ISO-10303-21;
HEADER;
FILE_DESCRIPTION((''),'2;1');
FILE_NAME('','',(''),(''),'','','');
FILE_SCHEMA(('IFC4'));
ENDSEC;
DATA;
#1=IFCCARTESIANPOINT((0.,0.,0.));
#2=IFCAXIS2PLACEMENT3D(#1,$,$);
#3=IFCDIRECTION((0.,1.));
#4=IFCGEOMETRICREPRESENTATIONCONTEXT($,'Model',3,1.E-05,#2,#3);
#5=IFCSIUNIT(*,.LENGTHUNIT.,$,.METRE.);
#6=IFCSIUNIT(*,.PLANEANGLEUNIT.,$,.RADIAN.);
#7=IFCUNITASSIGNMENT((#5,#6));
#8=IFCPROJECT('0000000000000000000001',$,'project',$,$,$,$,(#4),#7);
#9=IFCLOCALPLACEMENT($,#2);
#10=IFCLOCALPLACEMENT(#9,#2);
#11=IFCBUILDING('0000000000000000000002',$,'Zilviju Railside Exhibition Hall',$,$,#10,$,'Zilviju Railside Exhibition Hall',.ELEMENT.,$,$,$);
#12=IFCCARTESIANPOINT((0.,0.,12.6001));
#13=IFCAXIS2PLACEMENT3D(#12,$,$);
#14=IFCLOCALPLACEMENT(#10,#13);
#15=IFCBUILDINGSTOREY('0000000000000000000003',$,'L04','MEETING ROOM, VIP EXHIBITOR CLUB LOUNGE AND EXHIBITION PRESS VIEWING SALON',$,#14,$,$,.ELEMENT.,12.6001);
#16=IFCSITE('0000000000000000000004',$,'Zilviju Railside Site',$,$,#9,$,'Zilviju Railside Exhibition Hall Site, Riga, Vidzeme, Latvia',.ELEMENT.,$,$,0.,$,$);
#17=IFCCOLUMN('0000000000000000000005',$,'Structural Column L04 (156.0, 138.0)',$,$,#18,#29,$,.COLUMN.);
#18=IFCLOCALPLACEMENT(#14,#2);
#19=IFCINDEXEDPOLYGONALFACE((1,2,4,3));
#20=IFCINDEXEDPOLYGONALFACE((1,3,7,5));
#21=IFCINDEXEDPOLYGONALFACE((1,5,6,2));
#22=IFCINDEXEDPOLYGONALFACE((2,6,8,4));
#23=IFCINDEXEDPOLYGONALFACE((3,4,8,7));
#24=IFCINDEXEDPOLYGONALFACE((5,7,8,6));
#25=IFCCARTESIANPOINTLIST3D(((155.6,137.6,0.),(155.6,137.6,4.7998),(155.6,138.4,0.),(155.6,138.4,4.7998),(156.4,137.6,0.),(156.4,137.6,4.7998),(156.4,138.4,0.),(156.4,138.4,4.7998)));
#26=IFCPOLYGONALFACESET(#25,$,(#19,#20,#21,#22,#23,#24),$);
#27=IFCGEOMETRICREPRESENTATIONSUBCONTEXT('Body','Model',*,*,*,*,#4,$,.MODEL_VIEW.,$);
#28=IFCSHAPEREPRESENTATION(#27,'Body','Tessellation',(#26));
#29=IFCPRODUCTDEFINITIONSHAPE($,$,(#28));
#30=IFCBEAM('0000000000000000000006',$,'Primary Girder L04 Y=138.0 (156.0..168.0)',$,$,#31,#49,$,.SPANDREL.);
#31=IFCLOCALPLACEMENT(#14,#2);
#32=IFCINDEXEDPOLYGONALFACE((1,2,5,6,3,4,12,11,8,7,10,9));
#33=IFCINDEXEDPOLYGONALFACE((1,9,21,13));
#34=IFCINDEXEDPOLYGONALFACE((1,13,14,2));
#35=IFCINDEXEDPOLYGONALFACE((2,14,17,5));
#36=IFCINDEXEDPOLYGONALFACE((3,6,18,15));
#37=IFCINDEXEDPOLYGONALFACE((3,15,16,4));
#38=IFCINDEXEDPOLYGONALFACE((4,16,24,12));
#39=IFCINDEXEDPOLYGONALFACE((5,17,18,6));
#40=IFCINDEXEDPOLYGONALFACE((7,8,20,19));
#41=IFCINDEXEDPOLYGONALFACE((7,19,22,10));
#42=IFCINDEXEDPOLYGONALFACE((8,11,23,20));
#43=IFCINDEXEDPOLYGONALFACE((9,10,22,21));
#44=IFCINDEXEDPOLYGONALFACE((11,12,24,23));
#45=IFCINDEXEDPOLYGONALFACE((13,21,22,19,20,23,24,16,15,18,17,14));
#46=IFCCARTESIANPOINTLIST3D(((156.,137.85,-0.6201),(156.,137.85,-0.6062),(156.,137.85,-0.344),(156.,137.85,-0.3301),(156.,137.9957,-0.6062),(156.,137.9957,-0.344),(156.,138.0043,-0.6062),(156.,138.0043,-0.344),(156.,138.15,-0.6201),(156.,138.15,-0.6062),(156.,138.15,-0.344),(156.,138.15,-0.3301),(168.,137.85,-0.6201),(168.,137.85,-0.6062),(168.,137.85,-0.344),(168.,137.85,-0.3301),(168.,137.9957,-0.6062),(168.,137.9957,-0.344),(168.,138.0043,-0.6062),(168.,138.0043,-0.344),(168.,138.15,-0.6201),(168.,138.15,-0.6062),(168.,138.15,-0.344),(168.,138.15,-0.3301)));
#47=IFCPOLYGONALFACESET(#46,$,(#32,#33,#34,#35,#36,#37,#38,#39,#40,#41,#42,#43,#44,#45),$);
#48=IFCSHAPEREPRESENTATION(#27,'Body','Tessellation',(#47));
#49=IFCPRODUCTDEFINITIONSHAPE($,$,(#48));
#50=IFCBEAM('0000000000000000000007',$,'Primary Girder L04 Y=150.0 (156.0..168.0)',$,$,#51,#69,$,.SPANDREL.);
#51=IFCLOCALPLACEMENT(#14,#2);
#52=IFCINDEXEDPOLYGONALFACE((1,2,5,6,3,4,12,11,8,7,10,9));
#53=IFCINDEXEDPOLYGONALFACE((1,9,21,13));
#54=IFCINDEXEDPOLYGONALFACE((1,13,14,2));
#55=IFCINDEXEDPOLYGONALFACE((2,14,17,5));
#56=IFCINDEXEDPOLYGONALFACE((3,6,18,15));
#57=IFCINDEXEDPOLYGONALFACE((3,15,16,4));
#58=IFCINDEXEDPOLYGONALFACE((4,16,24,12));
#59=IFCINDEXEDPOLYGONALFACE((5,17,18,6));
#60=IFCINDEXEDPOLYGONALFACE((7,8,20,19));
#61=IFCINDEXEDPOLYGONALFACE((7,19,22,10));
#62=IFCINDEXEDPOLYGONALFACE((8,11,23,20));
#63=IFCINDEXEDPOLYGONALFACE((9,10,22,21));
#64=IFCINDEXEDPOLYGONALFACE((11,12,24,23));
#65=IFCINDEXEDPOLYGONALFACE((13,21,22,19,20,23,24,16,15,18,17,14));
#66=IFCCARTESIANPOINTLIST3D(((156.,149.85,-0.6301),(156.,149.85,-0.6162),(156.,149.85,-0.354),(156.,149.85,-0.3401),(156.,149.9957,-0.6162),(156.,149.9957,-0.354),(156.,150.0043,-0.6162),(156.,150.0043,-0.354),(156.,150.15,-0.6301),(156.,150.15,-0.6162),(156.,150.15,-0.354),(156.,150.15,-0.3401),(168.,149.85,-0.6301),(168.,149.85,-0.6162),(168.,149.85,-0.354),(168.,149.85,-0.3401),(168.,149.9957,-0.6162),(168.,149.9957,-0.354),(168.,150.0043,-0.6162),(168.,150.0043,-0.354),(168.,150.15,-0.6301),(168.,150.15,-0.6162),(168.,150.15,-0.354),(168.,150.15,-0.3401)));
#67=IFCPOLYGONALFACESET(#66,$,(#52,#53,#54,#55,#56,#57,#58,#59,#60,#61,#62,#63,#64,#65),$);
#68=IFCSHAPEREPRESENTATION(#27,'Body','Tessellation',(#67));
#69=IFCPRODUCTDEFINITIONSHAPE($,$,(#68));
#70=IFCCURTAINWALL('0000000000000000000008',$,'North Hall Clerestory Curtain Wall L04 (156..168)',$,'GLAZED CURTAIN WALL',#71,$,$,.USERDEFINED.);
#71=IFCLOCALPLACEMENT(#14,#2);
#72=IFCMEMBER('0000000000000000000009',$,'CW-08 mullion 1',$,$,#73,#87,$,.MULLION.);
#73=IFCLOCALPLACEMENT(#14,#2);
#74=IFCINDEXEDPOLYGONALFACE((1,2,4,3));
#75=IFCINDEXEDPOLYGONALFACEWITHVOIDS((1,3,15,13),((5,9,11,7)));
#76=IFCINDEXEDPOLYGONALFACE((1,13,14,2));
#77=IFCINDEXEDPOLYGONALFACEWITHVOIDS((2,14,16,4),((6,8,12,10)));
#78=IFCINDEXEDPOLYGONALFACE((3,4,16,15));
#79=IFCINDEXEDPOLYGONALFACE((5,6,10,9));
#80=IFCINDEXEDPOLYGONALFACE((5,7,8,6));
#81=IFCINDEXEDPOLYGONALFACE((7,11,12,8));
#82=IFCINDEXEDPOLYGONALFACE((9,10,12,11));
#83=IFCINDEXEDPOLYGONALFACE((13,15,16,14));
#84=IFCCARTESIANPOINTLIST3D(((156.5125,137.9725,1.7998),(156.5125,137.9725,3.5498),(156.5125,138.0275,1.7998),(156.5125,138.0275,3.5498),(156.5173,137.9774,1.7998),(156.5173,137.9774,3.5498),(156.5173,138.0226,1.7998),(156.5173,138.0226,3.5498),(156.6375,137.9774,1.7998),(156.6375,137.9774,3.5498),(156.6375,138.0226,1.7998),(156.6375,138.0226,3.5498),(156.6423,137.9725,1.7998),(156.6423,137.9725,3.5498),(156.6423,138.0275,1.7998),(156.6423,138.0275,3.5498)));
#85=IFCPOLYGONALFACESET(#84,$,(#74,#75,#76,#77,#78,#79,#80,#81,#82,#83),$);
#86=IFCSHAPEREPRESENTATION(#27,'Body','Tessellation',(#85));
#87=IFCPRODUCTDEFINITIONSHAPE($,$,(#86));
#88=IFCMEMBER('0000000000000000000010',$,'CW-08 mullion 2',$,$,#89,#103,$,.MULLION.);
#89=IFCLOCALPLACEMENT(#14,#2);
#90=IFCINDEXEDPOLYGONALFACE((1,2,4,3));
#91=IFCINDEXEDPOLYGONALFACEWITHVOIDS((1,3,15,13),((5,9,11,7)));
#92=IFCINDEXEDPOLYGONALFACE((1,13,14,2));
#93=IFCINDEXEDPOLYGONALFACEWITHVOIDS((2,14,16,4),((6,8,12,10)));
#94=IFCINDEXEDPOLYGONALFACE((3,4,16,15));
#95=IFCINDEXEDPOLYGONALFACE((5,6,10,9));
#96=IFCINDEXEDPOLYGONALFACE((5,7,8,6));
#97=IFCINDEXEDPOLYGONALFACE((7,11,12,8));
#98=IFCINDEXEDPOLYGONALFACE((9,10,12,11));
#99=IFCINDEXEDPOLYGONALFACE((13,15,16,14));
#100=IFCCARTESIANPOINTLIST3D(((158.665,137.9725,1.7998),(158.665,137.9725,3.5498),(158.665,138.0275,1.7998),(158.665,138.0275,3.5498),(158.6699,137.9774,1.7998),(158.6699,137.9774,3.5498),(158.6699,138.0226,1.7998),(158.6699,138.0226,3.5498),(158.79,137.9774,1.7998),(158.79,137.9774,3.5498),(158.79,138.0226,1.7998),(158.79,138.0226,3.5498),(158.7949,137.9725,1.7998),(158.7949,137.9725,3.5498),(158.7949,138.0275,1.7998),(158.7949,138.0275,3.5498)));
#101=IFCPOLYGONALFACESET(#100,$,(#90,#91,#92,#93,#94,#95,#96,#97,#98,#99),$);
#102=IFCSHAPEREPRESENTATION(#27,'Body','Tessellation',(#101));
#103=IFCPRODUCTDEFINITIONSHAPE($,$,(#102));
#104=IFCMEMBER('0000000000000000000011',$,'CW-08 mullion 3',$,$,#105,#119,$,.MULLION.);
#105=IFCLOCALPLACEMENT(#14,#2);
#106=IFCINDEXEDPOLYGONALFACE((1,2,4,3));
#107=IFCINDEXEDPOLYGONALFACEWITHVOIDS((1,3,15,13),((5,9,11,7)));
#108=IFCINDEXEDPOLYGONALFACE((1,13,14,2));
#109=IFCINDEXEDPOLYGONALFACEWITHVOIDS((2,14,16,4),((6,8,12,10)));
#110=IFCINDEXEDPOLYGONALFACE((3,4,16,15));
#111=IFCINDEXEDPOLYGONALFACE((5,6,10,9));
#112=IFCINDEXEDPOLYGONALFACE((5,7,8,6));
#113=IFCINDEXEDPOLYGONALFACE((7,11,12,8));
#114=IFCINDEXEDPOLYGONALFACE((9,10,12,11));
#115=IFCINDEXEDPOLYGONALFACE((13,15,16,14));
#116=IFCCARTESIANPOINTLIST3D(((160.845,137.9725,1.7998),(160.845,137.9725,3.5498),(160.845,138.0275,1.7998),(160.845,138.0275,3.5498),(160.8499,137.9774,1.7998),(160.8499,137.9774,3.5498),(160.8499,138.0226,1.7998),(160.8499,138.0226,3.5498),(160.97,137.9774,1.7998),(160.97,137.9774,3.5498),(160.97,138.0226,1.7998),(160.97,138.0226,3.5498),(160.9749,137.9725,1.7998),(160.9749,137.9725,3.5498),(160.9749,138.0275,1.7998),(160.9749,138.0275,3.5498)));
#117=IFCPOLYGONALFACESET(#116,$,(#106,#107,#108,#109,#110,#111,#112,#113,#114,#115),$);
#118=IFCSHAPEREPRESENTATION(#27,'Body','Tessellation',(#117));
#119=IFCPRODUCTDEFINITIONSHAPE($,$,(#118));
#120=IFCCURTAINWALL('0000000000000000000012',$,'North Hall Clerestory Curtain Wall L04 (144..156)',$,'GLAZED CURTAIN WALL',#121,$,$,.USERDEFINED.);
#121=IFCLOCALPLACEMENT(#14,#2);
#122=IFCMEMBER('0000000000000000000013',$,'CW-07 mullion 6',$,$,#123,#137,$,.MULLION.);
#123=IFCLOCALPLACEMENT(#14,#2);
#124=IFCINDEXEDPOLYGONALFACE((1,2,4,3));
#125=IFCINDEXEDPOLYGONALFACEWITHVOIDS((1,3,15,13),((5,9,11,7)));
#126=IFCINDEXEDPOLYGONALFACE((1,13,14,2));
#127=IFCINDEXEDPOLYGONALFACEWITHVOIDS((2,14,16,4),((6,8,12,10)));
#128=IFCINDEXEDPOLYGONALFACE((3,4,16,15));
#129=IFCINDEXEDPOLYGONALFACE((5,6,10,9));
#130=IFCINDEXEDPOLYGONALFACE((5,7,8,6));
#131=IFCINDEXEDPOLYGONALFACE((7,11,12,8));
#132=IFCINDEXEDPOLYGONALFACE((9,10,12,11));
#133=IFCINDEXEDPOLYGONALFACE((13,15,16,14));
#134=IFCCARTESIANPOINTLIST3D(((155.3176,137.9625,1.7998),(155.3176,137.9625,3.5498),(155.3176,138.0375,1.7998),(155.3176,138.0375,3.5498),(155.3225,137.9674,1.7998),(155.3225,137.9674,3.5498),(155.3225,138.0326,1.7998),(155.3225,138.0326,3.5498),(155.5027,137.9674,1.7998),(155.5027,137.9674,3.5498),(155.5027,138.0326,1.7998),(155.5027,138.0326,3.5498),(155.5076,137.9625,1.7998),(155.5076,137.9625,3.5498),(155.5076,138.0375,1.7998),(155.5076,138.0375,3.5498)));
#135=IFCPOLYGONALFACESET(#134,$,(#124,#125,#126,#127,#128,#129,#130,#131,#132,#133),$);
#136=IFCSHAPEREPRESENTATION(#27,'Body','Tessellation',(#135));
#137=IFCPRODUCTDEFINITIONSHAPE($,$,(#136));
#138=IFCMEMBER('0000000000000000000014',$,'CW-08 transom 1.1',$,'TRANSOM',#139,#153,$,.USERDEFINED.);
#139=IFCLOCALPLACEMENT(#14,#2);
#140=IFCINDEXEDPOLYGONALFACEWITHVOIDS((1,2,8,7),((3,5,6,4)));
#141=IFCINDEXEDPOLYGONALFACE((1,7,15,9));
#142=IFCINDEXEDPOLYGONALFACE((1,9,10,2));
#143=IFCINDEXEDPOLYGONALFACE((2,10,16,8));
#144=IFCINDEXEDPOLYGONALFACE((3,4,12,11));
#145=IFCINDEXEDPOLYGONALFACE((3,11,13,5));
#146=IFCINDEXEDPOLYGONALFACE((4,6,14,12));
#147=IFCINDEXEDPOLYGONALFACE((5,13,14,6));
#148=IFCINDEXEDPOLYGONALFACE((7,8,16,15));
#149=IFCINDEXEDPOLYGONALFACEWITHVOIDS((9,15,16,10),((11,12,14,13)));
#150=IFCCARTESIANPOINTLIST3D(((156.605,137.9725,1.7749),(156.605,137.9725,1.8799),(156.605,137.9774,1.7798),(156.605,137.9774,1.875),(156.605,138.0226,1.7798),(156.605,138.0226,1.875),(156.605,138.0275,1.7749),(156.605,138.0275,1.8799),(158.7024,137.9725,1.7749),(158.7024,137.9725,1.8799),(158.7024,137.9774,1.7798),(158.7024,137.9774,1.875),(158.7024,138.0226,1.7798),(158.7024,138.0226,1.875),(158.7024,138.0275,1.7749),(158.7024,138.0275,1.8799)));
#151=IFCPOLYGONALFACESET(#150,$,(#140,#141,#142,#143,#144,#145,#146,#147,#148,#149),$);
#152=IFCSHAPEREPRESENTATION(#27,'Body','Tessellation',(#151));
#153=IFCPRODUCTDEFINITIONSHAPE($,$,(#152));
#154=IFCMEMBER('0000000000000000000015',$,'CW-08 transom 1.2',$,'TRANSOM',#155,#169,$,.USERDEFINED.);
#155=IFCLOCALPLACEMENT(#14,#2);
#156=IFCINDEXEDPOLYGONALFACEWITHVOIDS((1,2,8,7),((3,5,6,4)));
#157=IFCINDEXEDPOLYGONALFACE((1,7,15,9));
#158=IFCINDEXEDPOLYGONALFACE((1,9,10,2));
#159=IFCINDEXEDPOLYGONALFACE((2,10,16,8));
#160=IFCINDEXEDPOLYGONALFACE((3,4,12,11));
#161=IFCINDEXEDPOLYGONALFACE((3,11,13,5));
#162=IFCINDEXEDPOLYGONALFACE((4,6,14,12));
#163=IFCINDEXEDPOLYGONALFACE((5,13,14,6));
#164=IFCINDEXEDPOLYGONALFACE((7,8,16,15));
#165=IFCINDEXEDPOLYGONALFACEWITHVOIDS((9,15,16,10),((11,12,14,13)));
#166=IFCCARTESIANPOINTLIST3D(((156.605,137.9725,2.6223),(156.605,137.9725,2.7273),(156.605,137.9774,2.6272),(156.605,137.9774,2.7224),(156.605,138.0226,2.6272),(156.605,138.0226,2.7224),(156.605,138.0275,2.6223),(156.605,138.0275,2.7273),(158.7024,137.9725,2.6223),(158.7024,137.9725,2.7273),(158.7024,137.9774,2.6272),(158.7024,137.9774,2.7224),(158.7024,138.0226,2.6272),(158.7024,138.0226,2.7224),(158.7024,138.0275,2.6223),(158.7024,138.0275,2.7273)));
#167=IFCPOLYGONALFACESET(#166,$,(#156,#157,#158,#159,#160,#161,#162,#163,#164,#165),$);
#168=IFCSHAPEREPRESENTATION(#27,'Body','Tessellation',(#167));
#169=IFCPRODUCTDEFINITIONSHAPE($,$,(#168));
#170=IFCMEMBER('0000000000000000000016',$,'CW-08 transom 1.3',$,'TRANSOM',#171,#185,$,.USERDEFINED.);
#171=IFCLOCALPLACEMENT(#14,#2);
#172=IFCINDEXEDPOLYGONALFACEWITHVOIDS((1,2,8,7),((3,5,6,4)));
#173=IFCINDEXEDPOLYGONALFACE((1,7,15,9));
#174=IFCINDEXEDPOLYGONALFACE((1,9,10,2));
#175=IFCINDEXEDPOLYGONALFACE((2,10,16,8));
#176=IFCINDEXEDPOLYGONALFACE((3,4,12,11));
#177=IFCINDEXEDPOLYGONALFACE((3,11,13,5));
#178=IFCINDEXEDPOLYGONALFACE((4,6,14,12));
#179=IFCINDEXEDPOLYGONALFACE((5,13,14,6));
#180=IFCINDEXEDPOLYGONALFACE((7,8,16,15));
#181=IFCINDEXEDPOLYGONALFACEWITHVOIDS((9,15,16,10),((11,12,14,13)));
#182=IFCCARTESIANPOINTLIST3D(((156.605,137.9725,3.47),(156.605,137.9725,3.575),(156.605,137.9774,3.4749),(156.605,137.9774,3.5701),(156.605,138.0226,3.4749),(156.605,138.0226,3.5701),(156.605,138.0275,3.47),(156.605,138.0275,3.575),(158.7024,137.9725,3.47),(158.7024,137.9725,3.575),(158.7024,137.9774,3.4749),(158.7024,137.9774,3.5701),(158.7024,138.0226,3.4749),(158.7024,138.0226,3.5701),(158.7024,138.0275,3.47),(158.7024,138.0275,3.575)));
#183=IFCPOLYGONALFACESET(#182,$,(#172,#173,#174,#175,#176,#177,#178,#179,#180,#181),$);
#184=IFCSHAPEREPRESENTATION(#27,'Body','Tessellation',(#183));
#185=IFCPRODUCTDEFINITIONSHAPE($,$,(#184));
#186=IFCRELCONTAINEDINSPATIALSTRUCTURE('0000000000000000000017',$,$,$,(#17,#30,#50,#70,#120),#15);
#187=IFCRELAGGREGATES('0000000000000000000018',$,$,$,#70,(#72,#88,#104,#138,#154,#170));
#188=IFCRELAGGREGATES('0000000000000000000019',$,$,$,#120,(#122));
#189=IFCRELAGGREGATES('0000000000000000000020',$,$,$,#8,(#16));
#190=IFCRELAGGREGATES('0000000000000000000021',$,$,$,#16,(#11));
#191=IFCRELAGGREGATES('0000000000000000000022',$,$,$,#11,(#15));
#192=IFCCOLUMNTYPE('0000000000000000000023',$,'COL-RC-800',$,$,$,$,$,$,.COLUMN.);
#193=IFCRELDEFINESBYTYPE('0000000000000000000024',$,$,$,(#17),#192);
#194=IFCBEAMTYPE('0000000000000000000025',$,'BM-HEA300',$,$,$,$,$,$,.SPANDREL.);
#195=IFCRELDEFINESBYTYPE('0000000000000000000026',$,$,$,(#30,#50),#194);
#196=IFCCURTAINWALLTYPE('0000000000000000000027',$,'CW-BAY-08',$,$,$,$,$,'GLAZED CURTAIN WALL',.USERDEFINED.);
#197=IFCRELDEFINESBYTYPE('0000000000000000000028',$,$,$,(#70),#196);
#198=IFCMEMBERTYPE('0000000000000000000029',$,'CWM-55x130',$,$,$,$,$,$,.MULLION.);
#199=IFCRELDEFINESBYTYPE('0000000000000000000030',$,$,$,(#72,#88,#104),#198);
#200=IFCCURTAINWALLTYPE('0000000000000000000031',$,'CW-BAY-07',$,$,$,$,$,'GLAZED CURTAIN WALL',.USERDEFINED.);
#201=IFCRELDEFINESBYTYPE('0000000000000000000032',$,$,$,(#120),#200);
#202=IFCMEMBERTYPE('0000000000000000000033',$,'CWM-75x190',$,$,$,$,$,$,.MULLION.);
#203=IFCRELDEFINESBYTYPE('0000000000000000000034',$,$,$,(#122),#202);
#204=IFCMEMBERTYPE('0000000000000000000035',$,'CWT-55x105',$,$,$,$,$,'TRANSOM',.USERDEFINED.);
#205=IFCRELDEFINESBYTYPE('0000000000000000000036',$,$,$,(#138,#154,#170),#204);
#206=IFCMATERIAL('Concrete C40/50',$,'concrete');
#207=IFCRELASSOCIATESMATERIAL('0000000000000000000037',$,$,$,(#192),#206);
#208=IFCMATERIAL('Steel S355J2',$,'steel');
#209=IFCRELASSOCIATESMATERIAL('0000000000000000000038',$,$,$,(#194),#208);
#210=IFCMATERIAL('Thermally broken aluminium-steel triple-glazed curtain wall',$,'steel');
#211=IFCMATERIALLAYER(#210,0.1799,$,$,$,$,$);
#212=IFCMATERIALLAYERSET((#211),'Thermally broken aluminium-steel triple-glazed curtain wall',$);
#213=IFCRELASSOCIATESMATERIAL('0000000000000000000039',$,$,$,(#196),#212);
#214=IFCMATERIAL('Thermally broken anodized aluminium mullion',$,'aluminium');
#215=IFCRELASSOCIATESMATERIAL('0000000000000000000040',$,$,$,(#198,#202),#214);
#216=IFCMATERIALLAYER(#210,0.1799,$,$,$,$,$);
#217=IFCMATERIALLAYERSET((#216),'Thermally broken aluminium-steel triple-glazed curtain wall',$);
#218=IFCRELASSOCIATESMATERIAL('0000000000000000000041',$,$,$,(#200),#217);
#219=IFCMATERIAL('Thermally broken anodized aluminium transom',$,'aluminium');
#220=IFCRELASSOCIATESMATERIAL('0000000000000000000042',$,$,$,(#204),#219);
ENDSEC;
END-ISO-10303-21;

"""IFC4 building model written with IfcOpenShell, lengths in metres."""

from ifc_helpers import new_model, si_unit, direction, frame, origin, origin_2d, place, context, subcontext, project, spatial, rectangle, hollow_rectangle, i_section, extrude, material, layer, layer_set, material_profile, profile_set, type_object, element, aggregate, save


model = new_model("IFC4")

# Units and contexts
model_context = context("Model", 3, precision=1e-05, world=origin(), true_north=direction((0.0, 1.0)))
body_context = subcontext(model_context, "Body", "Model", "MODEL_VIEW")
ifc_project = project(units=[si_unit("LENGTHUNIT", "METRE"), si_unit("PLANEANGLEUNIT", "RADIAN")], contexts=[model_context])

# Site, building, storey
site_placement = place(None, origin())
site = spatial("IfcSite", under=ifc_project, at=site_placement, Name="Zilviju Railside Site", LongName="Zilviju Railside Exhibition Hall Site, Riga, Vidzeme, Latvia", CompositionType="ELEMENT", RefElevation=0.0)
building_placement = place(site_placement, origin())
building = spatial("IfcBuilding", under=site, at=building_placement, Name="Zilviju Railside Exhibition Hall", LongName="Zilviju Railside Exhibition Hall", CompositionType="ELEMENT")
storey_placement = place(building_placement, frame((0.0, 0.0, 12.6001)))
storey = spatial("IfcBuildingStorey", under=building, at=storey_placement, Name="L04", Description="MEETING ROOM, VIP EXHIBITOR CLUB LOUNGE AND EXHIBITION PRESS VIEWING SALON", CompositionType="ELEMENT", Elevation=12.6001)

# Column
ifc_material_1 = material(Name="Concrete C40/50", Category="concrete")
ifc_material_profile_1 = material_profile(ifc_material_1, rectangle(XDim=0.8, YDim=0.8, at=origin_2d()), Name="RC COL 800x800")
ifc_profile_set_1 = profile_set([ifc_material_profile_1], Name="Concrete C40/50")
column_type = type_object("IfcColumnType", Name="COL-RC-800", PredefinedType="COLUMN", material=ifc_profile_set_1)
column_placement = place(storey_placement, frame((156.0, 138.0, 0.0), z_axis=(0.0, 0.0, 1.0), x_axis=(1.0, 0.0, 0.0)))
element("IfcColumn", 1, at=column_placement, inside=storey, type_object=column_type, Name="Structural Column L04 (156.0, 138.0)", PredefinedType="COLUMN", context=body_context, shape_type="SweptSolid", body=[
    extrude(rectangle(XDim=0.8, YDim=0.8, at=origin_2d()), origin(), (0.0, 0.0, 1.0), 4.7998),
])

# Beams
ifc_material_2 = material(Name="Steel S355J2", Category="steel")
ifc_material_profile_2 = material_profile(ifc_material_2, i_section(OverallWidth=0.3, OverallDepth=0.29, WebThickness=0.0085, FlangeThickness=0.0139, at=origin_2d()), Name="HEA 300")
ifc_profile_set_2 = profile_set([ifc_material_profile_2], Name="Steel S355J2")
beam_type = type_object("IfcBeamType", Name="BM-HEA300", PredefinedType="SPANDREL", material=ifc_profile_set_2)
for number, where, z_axis, x_axis, name in (
    (2, (156.0, 138.0, -0.4751), (1.0, 0.0, 0.0), (0.0, 1.0, 0.0), "Primary Girder L04 Y=138.0 (156.0..168.0)"),
    (3, (156.0, 150.0, -0.4851), (1.0, 0.0, 0.0), (0.0, 1.0, 0.0), "Primary Girder L04 Y=150.0 (156.0..168.0)"),
):
    element("IfcBeam", number, at=place(storey_placement, frame(where, z_axis=z_axis, x_axis=x_axis)), inside=storey, type_object=beam_type, Name=name, PredefinedType="SPANDREL", context=body_context, shape_type="SweptSolid", body=[
        extrude(i_section(OverallWidth=0.3, OverallDepth=0.29, WebThickness=0.0085, FlangeThickness=0.0139, at=origin_2d()), origin(), (0.0, 0.0, 1.0), 12.0),
    ])

# Curtain wall, members
ifc_material_3 = material(Name="Thermally broken aluminium-steel triple-glazed curtain wall", Category="steel")
ifc_layer_1 = layer(ifc_material_3, 0.1799)
ifc_layer_set_1 = layer_set([ifc_layer_1], Name="Thermally broken aluminium-steel triple-glazed curtain wall")
curtain_wall_type_1 = type_object("IfcCurtainWallType", Name="CW-BAY-08", ElementType="GLAZED CURTAIN WALL", PredefinedType="USERDEFINED", material=ifc_layer_set_1)
curtain_wall_1_placement = place(storey_placement, origin())
curtain_wall_1 = element("IfcCurtainWall", 4, at=curtain_wall_1_placement, inside=storey, type_object=curtain_wall_type_1, Name="North Hall Clerestory Curtain Wall L04 (156..168)", ObjectType="GLAZED CURTAIN WALL", PredefinedType="USERDEFINED")
ifc_material_4 = material(Name="Thermally broken anodized aluminium mullion", Category="aluminium")
ifc_material_profile_3 = material_profile(ifc_material_4, hollow_rectangle(XDim=0.0549, YDim=0.1299, WallThickness=0.0049, at=origin_2d()), Name="MULLION 130x55x5")
ifc_profile_set_3 = profile_set([ifc_material_profile_3], Name="Thermally broken anodized aluminium mullion")
member_type_1 = type_object("IfcMemberType", Name="CWM-55x130", PredefinedType="MULLION", material=ifc_profile_set_3)
member_1_placement = place(storey_placement, frame((156.5774, 138.0, 1.7998), z_axis=(0.0, 0.0, 1.0), x_axis=(0.0, 1.0, 0.0)))
member_1 = element("IfcMember", 5, at=member_1_placement, type_object=member_type_1, Name="CW-08 mullion 1", PredefinedType="MULLION", context=body_context, shape_type="SweptSolid", body=[
    extrude(hollow_rectangle(XDim=0.0549, YDim=0.1299, WallThickness=0.0049, at=origin_2d()), origin(), (0.0, 0.0, 1.0), 1.75),
])
member_2_placement = place(storey_placement, frame((158.73, 138.0, 1.7998), z_axis=(0.0, 0.0, 1.0), x_axis=(0.0, 1.0, 0.0)))
member_2 = element("IfcMember", 6, at=member_2_placement, type_object=member_type_1, Name="CW-08 mullion 2", PredefinedType="MULLION", context=body_context, shape_type="SweptSolid", body=[
    extrude(hollow_rectangle(XDim=0.0549, YDim=0.1299, WallThickness=0.0049, at=origin_2d()), origin(), (0.0, 0.0, 1.0), 1.75),
])
member_3_placement = place(storey_placement, frame((160.9099, 138.0, 1.7998), z_axis=(0.0, 0.0, 1.0), x_axis=(0.0, 1.0, 0.0)))
member_3 = element("IfcMember", 7, at=member_3_placement, type_object=member_type_1, Name="CW-08 mullion 3", PredefinedType="MULLION", context=body_context, shape_type="SweptSolid", body=[
    extrude(hollow_rectangle(XDim=0.0549, YDim=0.1299, WallThickness=0.0049, at=origin_2d()), origin(), (0.0, 0.0, 1.0), 1.75),
])

# Curtain wall, member
ifc_layer_2 = layer(ifc_material_3, 0.1799)
ifc_layer_set_2 = layer_set([ifc_layer_2], Name="Thermally broken aluminium-steel triple-glazed curtain wall")
curtain_wall_type_2 = type_object("IfcCurtainWallType", Name="CW-BAY-07", ElementType="GLAZED CURTAIN WALL", PredefinedType="USERDEFINED", material=ifc_layer_set_2)
curtain_wall_2_placement = place(storey_placement, origin())
curtain_wall_2 = element("IfcCurtainWall", 8, at=curtain_wall_2_placement, inside=storey, type_object=curtain_wall_type_2, Name="North Hall Clerestory Curtain Wall L04 (144..156)", ObjectType="GLAZED CURTAIN WALL", PredefinedType="USERDEFINED")
ifc_material_profile_4 = material_profile(ifc_material_4, hollow_rectangle(XDim=0.075, YDim=0.1899, WallThickness=0.0049, at=origin_2d()), Name="MULLION 190x75x5")
ifc_profile_set_4 = profile_set([ifc_material_profile_4], Name="Thermally broken anodized aluminium mullion")
member_type_2 = type_object("IfcMemberType", Name="CWM-75x190", PredefinedType="MULLION", material=ifc_profile_set_4)
member_4_placement = place(storey_placement, frame((155.4126, 138.0, 1.7998), z_axis=(0.0, 0.0, 1.0), x_axis=(0.0, 1.0, 0.0)))
member_4 = element("IfcMember", 9, at=member_4_placement, type_object=member_type_2, Name="CW-07 mullion 6", PredefinedType="MULLION", context=body_context, shape_type="SweptSolid", body=[
    extrude(hollow_rectangle(XDim=0.075, YDim=0.1899, WallThickness=0.0049, at=origin_2d()), origin(), (0.0, 0.0, 1.0), 1.75),
])

# Members
ifc_material_5 = material(Name="Thermally broken anodized aluminium transom", Category="aluminium")
ifc_material_profile_5 = material_profile(ifc_material_5, hollow_rectangle(XDim=0.0549, YDim=0.105, WallThickness=0.0049, at=origin_2d()), Name="TRANSOM 105x55x5")
ifc_profile_set_5 = profile_set([ifc_material_profile_5], Name="Thermally broken anodized aluminium transom")
member_type_3 = type_object("IfcMemberType", Name="CWT-55x105", ElementType="TRANSOM", PredefinedType="USERDEFINED", material=ifc_profile_set_5)
member_5_placement = place(storey_placement, frame((156.605, 138.0, 1.8274), z_axis=(1.0, 0.0, 0.0), x_axis=(0.0, 1.0, 0.0)))
member_5 = element("IfcMember", 10, at=member_5_placement, type_object=member_type_3, Name="CW-08 transom 1.1", ObjectType="TRANSOM", PredefinedType="USERDEFINED", context=body_context, shape_type="SweptSolid", body=[
    extrude(hollow_rectangle(XDim=0.0549, YDim=0.105, WallThickness=0.0049, at=origin_2d()), origin(), (0.0, 0.0, 1.0), 2.0974),
])
member_6_placement = place(storey_placement, frame((156.605, 138.0, 2.6748), z_axis=(1.0, 0.0, 0.0), x_axis=(0.0, 1.0, 0.0)))
member_6 = element("IfcMember", 11, at=member_6_placement, type_object=member_type_3, Name="CW-08 transom 1.2", ObjectType="TRANSOM", PredefinedType="USERDEFINED", context=body_context, shape_type="SweptSolid", body=[
    extrude(hollow_rectangle(XDim=0.0549, YDim=0.105, WallThickness=0.0049, at=origin_2d()), origin(), (0.0, 0.0, 1.0), 2.0974),
])
member_7_placement = place(storey_placement, frame((156.605, 138.0, 3.5225), z_axis=(1.0, 0.0, 0.0), x_axis=(0.0, 1.0, 0.0)))
member_7 = element("IfcMember", 12, at=member_7_placement, type_object=member_type_3, Name="CW-08 transom 1.3", ObjectType="TRANSOM", PredefinedType="USERDEFINED", context=body_context, shape_type="SweptSolid", body=[
    extrude(hollow_rectangle(XDim=0.0549, YDim=0.105, WallThickness=0.0049, at=origin_2d()), origin(), (0.0, 0.0, 1.0), 2.0974),
])

aggregate(curtain_wall_1, [member_1, member_2, member_3, member_5, member_6, member_7])
aggregate(curtain_wall_2, [member_4])

save(model, "model.ifc")
